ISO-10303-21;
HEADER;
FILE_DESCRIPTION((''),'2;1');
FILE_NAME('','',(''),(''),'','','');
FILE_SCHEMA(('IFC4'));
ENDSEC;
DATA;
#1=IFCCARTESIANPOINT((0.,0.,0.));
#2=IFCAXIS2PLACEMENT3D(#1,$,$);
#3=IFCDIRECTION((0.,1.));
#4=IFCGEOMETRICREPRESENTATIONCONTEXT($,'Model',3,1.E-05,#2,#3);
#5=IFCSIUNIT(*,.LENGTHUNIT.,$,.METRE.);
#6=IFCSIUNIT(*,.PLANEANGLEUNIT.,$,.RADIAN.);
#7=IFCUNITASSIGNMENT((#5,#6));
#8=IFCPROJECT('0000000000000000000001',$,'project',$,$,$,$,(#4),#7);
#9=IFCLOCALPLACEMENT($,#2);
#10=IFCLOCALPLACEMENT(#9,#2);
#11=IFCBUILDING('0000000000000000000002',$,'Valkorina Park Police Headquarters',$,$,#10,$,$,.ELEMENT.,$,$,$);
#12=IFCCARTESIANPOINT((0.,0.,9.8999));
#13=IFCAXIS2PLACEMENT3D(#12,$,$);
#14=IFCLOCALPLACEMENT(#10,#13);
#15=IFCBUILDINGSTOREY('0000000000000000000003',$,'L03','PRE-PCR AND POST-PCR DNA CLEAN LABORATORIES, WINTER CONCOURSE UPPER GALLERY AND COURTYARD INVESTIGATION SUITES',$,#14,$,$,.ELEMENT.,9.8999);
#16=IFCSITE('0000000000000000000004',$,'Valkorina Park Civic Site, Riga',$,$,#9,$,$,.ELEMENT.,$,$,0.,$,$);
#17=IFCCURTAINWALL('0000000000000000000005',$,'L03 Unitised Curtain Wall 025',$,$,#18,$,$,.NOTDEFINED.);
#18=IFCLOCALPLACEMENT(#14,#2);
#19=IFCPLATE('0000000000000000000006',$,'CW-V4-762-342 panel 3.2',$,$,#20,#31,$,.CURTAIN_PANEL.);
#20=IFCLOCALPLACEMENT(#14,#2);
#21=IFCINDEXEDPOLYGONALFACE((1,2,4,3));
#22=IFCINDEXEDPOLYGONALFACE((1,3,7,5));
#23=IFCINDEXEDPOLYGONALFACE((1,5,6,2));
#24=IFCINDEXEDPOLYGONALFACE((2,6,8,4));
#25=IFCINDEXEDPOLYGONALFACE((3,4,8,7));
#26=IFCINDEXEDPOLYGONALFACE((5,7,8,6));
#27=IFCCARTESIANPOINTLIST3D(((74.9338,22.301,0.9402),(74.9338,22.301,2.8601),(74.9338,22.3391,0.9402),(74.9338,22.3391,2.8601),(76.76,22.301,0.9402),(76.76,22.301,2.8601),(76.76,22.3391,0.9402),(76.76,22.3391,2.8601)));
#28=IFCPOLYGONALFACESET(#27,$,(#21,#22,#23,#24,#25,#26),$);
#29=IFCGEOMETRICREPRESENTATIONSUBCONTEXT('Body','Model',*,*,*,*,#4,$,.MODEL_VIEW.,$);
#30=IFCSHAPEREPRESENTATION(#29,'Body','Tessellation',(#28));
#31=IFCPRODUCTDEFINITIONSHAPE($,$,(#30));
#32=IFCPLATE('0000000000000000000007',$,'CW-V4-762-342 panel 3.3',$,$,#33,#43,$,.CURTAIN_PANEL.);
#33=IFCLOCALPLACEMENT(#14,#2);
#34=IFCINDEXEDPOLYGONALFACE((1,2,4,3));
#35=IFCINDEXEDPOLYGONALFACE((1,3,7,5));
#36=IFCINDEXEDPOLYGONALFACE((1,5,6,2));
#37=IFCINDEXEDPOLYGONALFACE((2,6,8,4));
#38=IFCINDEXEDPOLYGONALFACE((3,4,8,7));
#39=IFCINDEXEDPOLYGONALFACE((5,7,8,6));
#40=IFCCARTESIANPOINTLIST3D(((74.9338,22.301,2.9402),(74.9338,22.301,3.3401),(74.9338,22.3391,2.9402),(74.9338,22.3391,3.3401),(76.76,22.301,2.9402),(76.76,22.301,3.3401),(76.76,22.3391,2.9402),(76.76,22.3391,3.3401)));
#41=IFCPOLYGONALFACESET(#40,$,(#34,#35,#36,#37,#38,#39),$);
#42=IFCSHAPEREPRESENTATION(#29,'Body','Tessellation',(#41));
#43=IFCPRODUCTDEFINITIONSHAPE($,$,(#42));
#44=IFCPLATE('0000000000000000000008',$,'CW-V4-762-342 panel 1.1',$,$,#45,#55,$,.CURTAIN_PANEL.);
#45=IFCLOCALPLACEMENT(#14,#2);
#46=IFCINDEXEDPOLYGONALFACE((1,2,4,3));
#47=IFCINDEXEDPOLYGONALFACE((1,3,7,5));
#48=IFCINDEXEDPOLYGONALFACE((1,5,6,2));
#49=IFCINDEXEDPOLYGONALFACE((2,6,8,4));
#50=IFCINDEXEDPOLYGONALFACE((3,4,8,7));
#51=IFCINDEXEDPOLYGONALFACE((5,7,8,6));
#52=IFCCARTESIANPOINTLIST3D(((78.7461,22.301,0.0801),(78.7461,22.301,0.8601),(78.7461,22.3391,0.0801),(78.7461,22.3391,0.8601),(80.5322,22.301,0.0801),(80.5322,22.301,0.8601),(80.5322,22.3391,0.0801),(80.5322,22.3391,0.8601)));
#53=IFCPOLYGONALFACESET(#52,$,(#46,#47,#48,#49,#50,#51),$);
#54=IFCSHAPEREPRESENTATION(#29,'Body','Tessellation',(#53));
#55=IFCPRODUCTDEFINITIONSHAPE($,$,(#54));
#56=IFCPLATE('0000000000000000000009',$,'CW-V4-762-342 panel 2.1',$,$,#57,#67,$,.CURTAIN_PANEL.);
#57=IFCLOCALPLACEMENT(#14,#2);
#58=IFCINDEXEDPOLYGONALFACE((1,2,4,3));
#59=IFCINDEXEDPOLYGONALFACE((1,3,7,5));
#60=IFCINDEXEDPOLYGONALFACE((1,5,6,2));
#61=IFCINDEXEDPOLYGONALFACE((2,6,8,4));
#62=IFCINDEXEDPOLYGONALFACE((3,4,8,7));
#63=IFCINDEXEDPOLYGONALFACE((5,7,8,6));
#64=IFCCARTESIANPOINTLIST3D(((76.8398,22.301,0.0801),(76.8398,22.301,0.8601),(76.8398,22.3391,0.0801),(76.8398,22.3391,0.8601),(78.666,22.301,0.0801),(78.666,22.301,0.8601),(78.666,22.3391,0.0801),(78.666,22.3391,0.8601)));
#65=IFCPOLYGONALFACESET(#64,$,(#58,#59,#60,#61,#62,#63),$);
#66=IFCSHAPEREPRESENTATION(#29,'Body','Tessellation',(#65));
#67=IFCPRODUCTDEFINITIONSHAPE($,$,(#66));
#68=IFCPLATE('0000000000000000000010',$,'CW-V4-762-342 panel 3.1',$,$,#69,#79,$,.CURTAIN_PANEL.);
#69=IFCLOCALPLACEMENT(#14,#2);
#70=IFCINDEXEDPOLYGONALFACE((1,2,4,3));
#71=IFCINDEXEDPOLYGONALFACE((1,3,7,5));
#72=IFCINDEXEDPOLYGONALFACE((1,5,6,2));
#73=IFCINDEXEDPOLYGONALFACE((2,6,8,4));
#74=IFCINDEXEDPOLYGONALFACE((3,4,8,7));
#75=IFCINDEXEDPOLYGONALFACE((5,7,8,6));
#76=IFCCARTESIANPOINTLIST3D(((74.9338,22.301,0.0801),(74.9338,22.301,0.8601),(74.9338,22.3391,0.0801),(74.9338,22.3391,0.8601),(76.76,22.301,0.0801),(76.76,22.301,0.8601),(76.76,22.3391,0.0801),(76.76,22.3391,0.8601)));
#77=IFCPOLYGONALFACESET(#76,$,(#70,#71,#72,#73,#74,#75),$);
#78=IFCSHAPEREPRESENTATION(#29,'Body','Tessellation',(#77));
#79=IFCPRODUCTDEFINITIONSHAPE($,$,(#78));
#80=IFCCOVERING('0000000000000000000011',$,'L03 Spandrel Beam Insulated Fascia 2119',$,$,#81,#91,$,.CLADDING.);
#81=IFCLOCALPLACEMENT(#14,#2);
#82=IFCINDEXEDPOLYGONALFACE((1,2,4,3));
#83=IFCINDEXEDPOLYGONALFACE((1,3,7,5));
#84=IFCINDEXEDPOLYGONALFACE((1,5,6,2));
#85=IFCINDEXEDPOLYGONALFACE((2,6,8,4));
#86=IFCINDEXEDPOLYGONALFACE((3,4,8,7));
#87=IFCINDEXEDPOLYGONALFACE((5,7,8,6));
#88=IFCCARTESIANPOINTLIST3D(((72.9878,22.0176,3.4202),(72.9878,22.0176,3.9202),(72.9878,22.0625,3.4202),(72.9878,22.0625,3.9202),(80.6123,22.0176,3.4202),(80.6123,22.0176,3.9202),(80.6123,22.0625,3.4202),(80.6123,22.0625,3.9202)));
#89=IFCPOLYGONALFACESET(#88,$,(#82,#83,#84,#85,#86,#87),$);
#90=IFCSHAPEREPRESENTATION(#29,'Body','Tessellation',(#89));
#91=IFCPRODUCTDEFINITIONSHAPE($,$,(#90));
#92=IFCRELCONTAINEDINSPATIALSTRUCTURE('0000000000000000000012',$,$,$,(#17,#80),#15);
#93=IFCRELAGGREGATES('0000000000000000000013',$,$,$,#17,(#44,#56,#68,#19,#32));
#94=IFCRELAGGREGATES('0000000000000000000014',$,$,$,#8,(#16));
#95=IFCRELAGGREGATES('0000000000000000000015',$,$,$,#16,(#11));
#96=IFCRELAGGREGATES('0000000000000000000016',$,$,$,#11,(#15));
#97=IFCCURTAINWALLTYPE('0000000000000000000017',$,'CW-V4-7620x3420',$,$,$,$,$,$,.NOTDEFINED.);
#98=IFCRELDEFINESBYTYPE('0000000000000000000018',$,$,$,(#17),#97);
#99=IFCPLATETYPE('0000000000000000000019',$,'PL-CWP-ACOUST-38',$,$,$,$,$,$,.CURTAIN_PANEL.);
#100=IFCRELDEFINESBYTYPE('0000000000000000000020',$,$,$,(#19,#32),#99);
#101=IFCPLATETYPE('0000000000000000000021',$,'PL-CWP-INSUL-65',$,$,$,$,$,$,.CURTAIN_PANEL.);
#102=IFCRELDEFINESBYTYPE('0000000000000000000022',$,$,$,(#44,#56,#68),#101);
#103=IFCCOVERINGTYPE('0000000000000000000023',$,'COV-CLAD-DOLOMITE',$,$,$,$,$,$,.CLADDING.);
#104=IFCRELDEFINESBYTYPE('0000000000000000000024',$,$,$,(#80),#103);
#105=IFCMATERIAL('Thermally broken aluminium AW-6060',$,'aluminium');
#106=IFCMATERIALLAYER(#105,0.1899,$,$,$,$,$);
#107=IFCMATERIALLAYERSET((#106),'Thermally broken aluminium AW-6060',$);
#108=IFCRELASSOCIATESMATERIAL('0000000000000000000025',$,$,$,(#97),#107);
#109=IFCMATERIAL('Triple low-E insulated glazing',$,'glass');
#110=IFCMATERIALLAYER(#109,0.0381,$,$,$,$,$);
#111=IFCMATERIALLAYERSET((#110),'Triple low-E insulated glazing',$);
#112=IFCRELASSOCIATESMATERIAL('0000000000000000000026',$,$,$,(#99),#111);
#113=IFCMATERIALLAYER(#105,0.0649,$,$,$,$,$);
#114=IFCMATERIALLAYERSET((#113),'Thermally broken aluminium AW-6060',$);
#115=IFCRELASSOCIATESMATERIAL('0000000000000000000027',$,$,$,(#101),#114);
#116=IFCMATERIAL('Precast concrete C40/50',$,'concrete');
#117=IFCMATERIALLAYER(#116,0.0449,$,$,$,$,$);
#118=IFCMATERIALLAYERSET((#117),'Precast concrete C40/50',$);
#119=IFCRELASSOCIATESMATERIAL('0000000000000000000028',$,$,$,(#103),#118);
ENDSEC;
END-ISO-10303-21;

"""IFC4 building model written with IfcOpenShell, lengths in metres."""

from ifc_helpers import new_model, si_unit, direction, frame, frame_2d, origin, origin_2d, place, context, subcontext, project, spatial, rectangle, extrude, material, layer, layer_set, type_object, element, aggregate, save


model = new_model("IFC4")

# Units and contexts
model_context = context("Model", 3, precision=1e-05, world=origin(), true_north=direction((0.0, 1.0)))
body_context = subcontext(model_context, "Body", "Model", "MODEL_VIEW")
ifc_project = project(units=[si_unit("LENGTHUNIT", "METRE"), si_unit("PLANEANGLEUNIT", "RADIAN")], contexts=[model_context])

# Site, building, storey
site_placement = place(None, origin())
site = spatial("IfcSite", under=ifc_project, at=site_placement, Name="Valkorina Park Civic Site, Riga", CompositionType="ELEMENT", RefElevation=0.0)
building_placement = place(site_placement, origin())
building = spatial("IfcBuilding", under=site, at=building_placement, Name="Valkorina Park Police Headquarters", CompositionType="ELEMENT")
storey_placement = place(building_placement, frame((0.0, 0.0, 9.8999)))
storey = spatial("IfcBuildingStorey", under=building, at=storey_placement, Name="L03", Description="PRE-PCR AND POST-PCR DNA CLEAN LABORATORIES, WINTER CONCOURSE UPPER GALLERY AND COURTYARD INVESTIGATION SUITES", CompositionType="ELEMENT", Elevation=9.8999)

# Curtain wall, plates
ifc_material_1 = material(Name="Thermally broken aluminium AW-6060", Category="aluminium")
ifc_layer_1 = layer(ifc_material_1, 0.1899)
ifc_layer_set_1 = layer_set([ifc_layer_1], Name="Thermally broken aluminium AW-6060")
curtain_wall_type = type_object("IfcCurtainWallType", Name="CW-V4-7620x3420", PredefinedType="NOTDEFINED", material=ifc_layer_set_1)
curtain_wall_placement = place(storey_placement, origin())
curtain_wall = element("IfcCurtainWall", 1, at=curtain_wall_placement, inside=storey, type_object=curtain_wall_type, Name="L03 Unitised Curtain Wall 025", PredefinedType="NOTDEFINED")
ifc_material_2 = material(Name="Triple low-E insulated glazing", Category="glass")
ifc_layer_2 = layer(ifc_material_2, 0.0381)
ifc_layer_set_2 = layer_set([ifc_layer_2], Name="Triple low-E insulated glazing")
plate_type_1 = type_object("IfcPlateType", Name="PL-CWP-ACOUST-38", PredefinedType="CURTAIN_PANEL", material=ifc_layer_set_2)
plate_1_placement = place(storey_placement, frame((75.8469, 22.3201, 0.9402), z_axis=(0.0, 0.0, 1.0), x_axis=(-1.0, 0.0, 0.0)))
plate_1 = element("IfcPlate", 2, at=plate_1_placement, type_object=plate_type_1, Name="CW-V4-762-342 panel 3.2", PredefinedType="CURTAIN_PANEL", context=body_context, shape_type="SweptSolid", body=[
    extrude(rectangle(XDim=1.8262, YDim=0.0381, at=origin_2d()), origin(), (0.0, 0.0, 1.0), 1.9199),
])
plate_2_placement = place(storey_placement, frame((75.8469, 22.3201, 2.9402), z_axis=(0.0, 0.0, 1.0), x_axis=(-1.0, 0.0, 0.0)))
plate_2 = element("IfcPlate", 3, at=plate_2_placement, type_object=plate_type_1, Name="CW-V4-762-342 panel 3.3", PredefinedType="CURTAIN_PANEL", context=body_context, shape_type="SweptSolid", body=[
    extrude(rectangle(XDim=1.8262, YDim=0.0381, at=origin_2d()), origin(), (0.0, 0.0, 1.0), 0.3999),
])
ifc_layer_3 = layer(ifc_material_1, 0.0649)
ifc_layer_set_3 = layer_set([ifc_layer_3], Name="Thermally broken aluminium AW-6060")
plate_type_2 = type_object("IfcPlateType", Name="PL-CWP-INSUL-65", PredefinedType="CURTAIN_PANEL", material=ifc_layer_set_3)
plate_3_placement = place(storey_placement, frame((79.6392, 22.3201, 0.0801), z_axis=(0.0, 0.0, 1.0), x_axis=(-1.0, 0.0, 0.0)))
plate_3 = element("IfcPlate", 4, at=plate_3_placement, type_object=plate_type_2, Name="CW-V4-762-342 panel 1.1", PredefinedType="CURTAIN_PANEL", context=body_context, shape_type="SweptSolid", body=[
    extrude(rectangle(XDim=1.7861, YDim=0.0381, at=origin_2d()), origin(), (0.0, 0.0, 1.0), 0.78),
])
plate_4_placement = place(storey_placement, frame((77.7529, 22.3201, 0.0801), z_axis=(0.0, 0.0, 1.0), x_axis=(-1.0, 0.0, 0.0)))
plate_4 = element("IfcPlate", 5, at=plate_4_placement, type_object=plate_type_2, Name="CW-V4-762-342 panel 2.1", PredefinedType="CURTAIN_PANEL", context=body_context, shape_type="SweptSolid", body=[
    extrude(rectangle(XDim=1.8262, YDim=0.0381, at=origin_2d()), origin(), (0.0, 0.0, 1.0), 0.78),
])
plate_5_placement = place(storey_placement, frame((75.8469, 22.3201, 0.0801), z_axis=(0.0, 0.0, 1.0), x_axis=(-1.0, 0.0, 0.0)))
plate_5 = element("IfcPlate", 6, at=plate_5_placement, type_object=plate_type_2, Name="CW-V4-762-342 panel 3.1", PredefinedType="CURTAIN_PANEL", context=body_context, shape_type="SweptSolid", body=[
    extrude(rectangle(XDim=1.8262, YDim=0.0381, at=origin_2d()), origin(), (0.0, 0.0, 1.0), 0.78),
])
aggregate(curtain_wall, [plate_3, plate_4, plate_5, plate_1, plate_2])

# Covering
ifc_material_3 = material(Name="Precast concrete C40/50", Category="concrete")
ifc_layer_4 = layer(ifc_material_3, 0.0449)
ifc_layer_set_4 = layer_set([ifc_layer_4], Name="Precast concrete C40/50")
covering_type = type_object("IfcCoveringType", Name="COV-CLAD-DOLOMITE", PredefinedType="CLADDING", material=ifc_layer_set_4)
covering_placement = place(storey_placement, frame((80.6123, 22.04, 3.4202), z_axis=(0.0, 0.0, 1.0), x_axis=(-1.0, 0.0, 0.0)))
element("IfcCovering", 7, at=covering_placement, inside=storey, type_object=covering_type, Name="L03 Spandrel Beam Insulated Fascia 2119", PredefinedType="CLADDING", context=body_context, shape_type="SweptSolid", body=[
    extrude(rectangle(XDim=7.6245, YDim=0.0449, at=frame_2d((3.8123, 0.0))), origin(), (0.0, 0.0, 1.0), 0.5),
])

save(model, "model.ifc")
